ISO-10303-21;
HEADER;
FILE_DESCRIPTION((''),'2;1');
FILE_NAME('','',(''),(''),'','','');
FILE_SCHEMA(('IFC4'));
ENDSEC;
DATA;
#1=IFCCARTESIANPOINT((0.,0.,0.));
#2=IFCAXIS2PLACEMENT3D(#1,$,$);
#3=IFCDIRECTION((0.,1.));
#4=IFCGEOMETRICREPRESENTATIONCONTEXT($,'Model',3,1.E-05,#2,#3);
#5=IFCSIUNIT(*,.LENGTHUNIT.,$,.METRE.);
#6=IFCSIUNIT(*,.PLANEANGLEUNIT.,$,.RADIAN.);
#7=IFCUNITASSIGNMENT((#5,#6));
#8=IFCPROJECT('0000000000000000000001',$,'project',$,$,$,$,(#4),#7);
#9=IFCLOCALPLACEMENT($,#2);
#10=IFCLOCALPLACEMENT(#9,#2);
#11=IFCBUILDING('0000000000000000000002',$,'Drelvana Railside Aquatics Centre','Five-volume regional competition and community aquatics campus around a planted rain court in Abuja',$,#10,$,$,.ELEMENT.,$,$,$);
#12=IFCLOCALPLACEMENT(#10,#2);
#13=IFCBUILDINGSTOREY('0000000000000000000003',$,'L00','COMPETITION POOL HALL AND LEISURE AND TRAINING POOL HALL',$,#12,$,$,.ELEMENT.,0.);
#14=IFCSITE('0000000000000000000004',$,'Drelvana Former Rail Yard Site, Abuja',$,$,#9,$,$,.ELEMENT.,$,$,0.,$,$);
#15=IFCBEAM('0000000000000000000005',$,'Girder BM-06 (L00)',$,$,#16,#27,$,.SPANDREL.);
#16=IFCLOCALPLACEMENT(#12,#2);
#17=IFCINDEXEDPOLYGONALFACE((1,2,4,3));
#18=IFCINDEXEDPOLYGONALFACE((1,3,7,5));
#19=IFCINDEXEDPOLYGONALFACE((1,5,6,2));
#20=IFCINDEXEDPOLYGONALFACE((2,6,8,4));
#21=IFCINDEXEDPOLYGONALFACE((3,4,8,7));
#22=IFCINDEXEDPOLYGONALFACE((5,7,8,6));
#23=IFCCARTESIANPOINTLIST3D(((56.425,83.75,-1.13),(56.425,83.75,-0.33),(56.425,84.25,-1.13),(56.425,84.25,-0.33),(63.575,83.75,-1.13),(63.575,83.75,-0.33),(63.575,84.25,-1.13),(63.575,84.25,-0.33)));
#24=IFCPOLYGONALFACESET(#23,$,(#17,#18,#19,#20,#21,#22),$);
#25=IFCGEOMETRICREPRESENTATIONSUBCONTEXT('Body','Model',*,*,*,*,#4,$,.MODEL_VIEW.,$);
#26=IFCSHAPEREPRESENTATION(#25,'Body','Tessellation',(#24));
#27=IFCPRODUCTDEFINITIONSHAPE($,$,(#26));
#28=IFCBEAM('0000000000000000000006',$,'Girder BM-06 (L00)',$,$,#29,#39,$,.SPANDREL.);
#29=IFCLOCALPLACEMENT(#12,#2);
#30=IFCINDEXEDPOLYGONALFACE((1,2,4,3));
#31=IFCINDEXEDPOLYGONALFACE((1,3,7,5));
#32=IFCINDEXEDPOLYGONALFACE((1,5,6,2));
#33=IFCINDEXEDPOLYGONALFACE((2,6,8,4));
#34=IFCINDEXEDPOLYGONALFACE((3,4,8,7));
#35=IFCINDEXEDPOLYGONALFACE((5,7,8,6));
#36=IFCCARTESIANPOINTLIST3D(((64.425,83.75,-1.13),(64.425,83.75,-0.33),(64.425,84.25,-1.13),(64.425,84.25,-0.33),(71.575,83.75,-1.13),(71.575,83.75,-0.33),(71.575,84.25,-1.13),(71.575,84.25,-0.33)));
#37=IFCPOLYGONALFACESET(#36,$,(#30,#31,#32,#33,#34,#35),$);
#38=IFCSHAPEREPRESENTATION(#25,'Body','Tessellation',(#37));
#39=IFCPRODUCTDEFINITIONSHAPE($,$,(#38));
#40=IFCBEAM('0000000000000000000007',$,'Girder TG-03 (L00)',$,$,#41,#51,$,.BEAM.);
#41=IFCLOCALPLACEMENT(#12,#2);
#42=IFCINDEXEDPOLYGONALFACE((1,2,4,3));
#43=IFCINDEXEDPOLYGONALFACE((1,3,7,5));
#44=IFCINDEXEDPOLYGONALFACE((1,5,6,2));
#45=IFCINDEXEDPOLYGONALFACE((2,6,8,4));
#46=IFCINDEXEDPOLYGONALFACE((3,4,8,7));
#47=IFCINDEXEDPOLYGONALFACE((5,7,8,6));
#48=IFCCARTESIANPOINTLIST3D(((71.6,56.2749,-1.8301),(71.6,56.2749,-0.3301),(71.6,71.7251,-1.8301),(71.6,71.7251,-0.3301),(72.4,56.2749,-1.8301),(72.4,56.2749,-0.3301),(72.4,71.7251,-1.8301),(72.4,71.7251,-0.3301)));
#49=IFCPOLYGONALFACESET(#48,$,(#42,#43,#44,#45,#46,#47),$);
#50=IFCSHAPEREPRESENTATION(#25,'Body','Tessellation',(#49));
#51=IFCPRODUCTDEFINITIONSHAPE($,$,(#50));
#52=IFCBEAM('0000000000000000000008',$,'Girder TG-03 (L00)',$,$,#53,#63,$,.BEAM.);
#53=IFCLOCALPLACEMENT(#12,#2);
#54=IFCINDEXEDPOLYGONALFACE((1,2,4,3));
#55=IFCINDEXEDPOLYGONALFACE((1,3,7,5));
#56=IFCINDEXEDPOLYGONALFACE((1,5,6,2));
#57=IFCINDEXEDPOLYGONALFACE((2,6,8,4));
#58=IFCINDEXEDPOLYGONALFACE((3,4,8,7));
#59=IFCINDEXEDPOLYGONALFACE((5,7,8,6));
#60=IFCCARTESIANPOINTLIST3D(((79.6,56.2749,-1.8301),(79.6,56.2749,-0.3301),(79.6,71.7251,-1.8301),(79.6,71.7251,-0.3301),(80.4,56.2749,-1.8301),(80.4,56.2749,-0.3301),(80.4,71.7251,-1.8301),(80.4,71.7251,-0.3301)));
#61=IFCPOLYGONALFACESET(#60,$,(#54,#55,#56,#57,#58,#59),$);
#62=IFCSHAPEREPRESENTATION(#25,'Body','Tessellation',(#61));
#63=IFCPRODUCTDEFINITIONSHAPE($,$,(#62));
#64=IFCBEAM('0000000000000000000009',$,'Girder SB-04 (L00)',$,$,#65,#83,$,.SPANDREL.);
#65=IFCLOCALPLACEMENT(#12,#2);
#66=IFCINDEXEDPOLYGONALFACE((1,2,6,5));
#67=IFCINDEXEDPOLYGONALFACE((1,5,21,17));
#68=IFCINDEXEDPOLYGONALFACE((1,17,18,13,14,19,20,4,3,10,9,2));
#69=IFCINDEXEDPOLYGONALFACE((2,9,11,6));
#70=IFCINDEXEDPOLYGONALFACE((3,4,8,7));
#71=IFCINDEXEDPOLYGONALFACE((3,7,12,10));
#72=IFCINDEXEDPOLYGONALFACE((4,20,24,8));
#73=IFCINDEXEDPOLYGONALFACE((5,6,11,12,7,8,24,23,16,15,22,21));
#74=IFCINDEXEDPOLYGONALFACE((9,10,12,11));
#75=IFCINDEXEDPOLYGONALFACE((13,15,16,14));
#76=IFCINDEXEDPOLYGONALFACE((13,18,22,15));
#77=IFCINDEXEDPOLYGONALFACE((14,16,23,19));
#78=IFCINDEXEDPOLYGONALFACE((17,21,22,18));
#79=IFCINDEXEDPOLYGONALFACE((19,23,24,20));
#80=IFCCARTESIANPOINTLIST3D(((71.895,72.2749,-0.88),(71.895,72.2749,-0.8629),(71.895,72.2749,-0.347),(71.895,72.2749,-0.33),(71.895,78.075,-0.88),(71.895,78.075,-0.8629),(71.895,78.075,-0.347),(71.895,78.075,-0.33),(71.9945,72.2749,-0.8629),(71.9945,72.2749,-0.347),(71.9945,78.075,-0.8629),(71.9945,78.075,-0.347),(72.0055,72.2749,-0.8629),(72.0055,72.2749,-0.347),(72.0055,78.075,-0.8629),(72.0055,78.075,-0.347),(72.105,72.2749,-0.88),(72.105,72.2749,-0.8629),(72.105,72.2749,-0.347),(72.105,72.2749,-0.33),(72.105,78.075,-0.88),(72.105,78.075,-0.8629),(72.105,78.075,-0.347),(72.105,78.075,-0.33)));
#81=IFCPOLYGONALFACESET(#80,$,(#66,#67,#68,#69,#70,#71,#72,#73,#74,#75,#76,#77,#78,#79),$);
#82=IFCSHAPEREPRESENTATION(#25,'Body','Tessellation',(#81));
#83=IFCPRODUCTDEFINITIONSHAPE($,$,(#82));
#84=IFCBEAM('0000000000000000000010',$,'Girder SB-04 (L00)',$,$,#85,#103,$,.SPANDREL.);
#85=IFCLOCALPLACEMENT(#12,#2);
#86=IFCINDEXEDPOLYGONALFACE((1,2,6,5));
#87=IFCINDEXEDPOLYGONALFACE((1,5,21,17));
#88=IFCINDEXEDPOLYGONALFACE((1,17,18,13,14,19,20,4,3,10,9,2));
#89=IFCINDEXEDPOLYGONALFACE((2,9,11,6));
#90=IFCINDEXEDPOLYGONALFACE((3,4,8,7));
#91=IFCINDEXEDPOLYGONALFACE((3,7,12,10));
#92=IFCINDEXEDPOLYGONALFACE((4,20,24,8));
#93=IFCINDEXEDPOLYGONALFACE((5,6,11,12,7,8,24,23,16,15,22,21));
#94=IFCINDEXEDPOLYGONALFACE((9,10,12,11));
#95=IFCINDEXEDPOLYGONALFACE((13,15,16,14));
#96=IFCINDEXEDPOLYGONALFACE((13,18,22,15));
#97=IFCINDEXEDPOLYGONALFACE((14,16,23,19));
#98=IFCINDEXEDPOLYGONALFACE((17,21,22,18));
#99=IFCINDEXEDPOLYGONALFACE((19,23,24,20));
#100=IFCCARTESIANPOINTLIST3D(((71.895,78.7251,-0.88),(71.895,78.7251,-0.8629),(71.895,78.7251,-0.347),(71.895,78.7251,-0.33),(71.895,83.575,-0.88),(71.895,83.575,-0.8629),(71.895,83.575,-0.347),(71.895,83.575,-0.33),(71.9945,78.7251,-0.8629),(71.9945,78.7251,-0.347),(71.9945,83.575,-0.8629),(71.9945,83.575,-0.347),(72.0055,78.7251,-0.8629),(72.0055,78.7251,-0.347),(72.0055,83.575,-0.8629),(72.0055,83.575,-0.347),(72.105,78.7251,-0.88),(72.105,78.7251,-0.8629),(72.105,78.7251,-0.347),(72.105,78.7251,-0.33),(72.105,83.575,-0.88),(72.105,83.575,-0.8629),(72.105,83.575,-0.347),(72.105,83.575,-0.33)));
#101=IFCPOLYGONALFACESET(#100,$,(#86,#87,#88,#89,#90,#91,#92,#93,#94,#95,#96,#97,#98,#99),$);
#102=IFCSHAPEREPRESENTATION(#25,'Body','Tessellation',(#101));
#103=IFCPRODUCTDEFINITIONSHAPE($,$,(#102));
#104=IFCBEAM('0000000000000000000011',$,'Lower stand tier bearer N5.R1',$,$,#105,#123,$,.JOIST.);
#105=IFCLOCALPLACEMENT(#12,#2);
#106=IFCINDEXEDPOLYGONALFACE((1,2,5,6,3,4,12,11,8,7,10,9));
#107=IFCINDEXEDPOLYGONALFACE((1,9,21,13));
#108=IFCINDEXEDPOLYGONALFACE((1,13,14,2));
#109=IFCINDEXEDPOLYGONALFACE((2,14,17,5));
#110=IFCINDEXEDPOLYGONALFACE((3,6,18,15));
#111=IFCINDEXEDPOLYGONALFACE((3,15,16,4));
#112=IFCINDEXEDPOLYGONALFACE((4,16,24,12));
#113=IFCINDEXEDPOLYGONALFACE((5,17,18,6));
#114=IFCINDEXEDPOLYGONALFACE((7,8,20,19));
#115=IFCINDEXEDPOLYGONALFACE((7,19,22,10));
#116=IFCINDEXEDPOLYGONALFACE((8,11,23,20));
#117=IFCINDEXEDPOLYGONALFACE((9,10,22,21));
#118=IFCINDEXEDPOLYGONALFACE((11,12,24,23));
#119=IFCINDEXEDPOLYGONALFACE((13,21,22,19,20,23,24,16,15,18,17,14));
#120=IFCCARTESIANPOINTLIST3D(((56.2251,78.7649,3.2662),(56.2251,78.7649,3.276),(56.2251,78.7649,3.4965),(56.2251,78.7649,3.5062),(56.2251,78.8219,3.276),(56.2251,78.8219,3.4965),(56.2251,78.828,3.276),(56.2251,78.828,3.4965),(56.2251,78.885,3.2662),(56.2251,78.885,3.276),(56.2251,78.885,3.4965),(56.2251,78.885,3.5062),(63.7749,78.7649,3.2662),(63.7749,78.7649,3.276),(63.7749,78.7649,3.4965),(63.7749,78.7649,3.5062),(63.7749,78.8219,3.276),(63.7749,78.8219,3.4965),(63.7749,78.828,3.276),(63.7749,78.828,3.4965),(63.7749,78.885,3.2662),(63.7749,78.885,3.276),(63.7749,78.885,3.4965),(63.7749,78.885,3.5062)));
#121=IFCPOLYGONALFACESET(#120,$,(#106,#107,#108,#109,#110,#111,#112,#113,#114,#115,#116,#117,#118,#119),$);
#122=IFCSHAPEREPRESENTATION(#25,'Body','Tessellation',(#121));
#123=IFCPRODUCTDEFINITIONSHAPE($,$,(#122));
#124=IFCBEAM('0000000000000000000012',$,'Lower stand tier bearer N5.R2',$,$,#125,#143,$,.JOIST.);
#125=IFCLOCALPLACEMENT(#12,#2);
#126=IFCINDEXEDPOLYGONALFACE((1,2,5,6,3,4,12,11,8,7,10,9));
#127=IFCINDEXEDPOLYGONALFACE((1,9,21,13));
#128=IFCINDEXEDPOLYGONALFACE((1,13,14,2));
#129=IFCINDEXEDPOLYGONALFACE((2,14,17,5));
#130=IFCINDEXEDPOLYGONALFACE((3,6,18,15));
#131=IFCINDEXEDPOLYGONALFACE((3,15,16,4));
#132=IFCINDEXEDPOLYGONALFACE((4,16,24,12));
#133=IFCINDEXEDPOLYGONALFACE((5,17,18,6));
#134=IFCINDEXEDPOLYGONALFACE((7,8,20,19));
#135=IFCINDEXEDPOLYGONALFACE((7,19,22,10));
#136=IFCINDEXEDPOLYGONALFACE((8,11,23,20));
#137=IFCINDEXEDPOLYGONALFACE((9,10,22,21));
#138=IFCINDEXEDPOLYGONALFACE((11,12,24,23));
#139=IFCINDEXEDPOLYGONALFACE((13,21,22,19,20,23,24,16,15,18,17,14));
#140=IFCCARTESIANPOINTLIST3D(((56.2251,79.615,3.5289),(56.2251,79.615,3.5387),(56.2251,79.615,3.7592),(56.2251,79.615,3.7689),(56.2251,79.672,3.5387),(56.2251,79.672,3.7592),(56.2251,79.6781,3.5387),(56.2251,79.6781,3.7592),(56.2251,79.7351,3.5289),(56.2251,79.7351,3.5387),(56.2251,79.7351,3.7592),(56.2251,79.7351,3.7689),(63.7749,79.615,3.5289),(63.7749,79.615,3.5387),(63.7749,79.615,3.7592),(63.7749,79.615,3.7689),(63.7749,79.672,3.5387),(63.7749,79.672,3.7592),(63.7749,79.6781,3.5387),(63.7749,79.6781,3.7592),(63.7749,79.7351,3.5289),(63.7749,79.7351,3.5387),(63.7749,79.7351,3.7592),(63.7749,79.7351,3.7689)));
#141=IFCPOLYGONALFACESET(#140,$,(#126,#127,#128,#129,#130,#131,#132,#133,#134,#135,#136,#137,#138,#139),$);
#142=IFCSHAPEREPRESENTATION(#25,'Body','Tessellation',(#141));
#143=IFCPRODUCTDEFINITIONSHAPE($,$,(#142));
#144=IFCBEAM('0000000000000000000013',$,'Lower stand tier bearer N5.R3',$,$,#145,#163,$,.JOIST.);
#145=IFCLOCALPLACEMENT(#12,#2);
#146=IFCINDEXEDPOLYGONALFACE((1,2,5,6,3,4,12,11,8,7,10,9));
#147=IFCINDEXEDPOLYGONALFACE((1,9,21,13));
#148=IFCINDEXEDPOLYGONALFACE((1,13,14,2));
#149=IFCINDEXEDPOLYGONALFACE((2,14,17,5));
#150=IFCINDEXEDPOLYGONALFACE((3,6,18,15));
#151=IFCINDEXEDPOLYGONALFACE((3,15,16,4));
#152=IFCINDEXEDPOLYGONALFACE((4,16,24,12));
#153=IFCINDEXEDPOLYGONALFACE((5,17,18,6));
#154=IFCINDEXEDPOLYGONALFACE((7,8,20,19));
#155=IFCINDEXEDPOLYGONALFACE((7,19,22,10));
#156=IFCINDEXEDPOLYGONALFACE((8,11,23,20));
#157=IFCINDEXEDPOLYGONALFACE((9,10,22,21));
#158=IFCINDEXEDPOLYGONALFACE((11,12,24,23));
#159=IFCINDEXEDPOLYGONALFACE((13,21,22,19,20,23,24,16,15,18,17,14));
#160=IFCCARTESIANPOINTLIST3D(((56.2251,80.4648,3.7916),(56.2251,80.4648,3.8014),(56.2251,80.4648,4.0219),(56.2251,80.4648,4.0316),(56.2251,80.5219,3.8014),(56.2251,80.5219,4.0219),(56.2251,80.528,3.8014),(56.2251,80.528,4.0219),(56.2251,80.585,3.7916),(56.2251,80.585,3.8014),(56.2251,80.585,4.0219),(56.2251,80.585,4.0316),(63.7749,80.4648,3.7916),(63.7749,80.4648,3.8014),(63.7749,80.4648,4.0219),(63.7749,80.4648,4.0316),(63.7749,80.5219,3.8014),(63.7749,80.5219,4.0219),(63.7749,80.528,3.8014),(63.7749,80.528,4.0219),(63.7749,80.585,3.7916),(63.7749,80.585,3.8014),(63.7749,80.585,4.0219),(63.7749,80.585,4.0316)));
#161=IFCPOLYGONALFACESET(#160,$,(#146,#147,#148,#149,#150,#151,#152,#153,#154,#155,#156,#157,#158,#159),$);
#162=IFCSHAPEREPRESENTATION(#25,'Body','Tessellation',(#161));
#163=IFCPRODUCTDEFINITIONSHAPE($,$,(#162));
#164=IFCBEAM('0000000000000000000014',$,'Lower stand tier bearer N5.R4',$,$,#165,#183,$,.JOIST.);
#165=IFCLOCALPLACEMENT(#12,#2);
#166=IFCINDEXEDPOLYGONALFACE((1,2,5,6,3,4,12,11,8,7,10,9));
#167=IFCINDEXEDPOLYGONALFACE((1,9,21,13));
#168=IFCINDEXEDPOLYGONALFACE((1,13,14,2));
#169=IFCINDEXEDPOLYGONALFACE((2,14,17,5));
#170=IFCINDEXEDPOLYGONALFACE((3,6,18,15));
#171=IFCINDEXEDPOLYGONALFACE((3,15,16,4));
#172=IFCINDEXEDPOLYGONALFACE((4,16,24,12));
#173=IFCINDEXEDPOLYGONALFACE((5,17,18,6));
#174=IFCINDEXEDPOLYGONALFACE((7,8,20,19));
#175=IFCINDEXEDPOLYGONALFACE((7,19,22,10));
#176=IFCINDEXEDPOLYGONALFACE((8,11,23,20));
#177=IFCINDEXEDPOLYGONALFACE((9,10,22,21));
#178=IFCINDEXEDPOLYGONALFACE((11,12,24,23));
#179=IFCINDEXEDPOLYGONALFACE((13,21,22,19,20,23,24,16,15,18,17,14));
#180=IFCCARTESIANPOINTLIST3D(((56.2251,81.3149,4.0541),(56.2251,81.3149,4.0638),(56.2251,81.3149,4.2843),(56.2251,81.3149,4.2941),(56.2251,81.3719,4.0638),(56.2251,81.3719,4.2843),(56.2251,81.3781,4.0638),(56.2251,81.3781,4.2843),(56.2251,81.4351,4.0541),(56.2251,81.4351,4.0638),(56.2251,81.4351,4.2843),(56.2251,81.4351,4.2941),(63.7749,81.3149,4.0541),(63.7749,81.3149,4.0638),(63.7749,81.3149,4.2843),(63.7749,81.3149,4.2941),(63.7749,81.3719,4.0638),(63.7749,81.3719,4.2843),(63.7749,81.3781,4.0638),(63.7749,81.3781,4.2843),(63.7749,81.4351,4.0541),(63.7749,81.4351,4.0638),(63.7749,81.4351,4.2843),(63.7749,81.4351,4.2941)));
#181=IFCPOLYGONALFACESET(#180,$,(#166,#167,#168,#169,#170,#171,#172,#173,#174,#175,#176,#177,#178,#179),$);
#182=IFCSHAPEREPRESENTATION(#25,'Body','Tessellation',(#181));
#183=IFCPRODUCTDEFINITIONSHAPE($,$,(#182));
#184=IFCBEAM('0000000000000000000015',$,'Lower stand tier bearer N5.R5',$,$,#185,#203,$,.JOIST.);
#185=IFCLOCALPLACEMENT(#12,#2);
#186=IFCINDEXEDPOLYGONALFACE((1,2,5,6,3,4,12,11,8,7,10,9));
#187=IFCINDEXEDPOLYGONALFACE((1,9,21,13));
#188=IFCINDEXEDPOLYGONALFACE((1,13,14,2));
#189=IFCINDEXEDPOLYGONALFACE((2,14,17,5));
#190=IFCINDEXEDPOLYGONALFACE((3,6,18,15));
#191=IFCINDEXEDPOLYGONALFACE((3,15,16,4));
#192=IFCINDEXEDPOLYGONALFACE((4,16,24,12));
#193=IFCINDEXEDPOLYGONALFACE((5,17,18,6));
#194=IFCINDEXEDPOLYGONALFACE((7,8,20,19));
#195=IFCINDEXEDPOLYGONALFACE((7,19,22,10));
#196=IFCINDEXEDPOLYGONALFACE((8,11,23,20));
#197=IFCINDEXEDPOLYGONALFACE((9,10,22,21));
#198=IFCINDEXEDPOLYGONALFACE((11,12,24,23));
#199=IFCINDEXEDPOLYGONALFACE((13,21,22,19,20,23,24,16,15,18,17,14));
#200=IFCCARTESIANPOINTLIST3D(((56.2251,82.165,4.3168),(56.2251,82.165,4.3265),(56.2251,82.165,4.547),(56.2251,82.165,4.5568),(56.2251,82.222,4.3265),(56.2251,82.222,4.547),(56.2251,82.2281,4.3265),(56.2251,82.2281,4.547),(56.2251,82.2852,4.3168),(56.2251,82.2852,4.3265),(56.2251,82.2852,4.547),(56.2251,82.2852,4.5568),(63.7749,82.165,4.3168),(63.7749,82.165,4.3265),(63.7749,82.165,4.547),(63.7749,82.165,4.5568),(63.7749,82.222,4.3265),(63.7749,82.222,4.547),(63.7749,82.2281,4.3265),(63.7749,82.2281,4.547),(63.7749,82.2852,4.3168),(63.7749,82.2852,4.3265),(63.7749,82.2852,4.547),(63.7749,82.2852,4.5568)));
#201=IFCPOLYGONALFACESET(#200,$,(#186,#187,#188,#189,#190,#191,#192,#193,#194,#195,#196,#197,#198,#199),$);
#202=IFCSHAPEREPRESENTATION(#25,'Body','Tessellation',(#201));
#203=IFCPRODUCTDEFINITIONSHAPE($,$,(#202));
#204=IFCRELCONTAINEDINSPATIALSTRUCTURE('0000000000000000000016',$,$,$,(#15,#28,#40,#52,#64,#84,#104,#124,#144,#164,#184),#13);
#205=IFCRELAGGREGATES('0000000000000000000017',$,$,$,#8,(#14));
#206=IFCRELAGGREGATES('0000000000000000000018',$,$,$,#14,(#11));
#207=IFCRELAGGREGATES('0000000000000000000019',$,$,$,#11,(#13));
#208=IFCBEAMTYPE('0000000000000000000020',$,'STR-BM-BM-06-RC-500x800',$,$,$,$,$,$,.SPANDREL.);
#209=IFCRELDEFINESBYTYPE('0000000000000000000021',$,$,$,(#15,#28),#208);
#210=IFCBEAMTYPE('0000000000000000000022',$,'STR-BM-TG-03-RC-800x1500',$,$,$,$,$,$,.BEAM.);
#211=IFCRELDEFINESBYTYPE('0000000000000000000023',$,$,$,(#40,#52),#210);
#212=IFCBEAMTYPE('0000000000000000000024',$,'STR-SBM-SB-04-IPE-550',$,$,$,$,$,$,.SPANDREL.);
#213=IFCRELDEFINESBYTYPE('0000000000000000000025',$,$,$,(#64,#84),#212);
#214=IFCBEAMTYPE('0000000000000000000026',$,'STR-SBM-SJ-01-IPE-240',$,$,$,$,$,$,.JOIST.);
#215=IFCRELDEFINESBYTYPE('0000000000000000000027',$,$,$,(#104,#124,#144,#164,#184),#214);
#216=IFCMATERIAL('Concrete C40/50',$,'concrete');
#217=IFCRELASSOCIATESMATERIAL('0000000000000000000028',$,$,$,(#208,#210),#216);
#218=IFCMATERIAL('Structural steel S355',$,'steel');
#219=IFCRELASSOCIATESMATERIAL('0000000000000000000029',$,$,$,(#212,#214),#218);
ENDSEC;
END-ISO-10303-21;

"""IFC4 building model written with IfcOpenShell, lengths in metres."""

from ifc_helpers import new_model, si_unit, direction, frame, origin, origin_2d, place, context, subcontext, project, spatial, rectangle, i_section, extrude, material, material_profile, profile_set, type_object, element, save


model = new_model("IFC4")

# Units and contexts
model_context = context("Model", 3, precision=1e-05, world=origin(), true_north=direction((0.0, 1.0)))
body_context = subcontext(model_context, "Body", "Model", "MODEL_VIEW")
ifc_project = project(units=[si_unit("LENGTHUNIT", "METRE"), si_unit("PLANEANGLEUNIT", "RADIAN")], contexts=[model_context])

# Site, building, storey
site_placement = place(None, origin())
site = spatial("IfcSite", under=ifc_project, at=site_placement, Name="Drelvana Former Rail Yard Site, Abuja", CompositionType="ELEMENT", RefElevation=0.0)
building_placement = place(site_placement, origin())
building = spatial("IfcBuilding", under=site, at=building_placement, Name="Drelvana Railside Aquatics Centre", Description="Five-volume regional competition and community aquatics campus around a planted rain court in Abuja", CompositionType="ELEMENT")
storey_placement = place(building_placement, origin())
storey = spatial("IfcBuildingStorey", under=building, at=storey_placement, Name="L00", Description="COMPETITION POOL HALL AND LEISURE AND TRAINING POOL HALL", CompositionType="ELEMENT", Elevation=0.0)

# Shared definitions
ifc_material_1 = material(Name="Concrete C40/50", Category="concrete")

# Beams
ifc_material_profile_1 = material_profile(ifc_material_1, rectangle(XDim=0.5, YDim=0.8, at=origin_2d()), Name="RC 500x800")
ifc_profile_set_1 = profile_set([ifc_material_profile_1], Name="Concrete C40/50")
beam_type_1 = type_object("IfcBeamType", Name="STR-BM-BM-06-RC-500x800", PredefinedType="SPANDREL", material=ifc_profile_set_1)
for number, where, z_axis, x_axis, name in (
    (1, (56.425, 84.0, -0.73), (1.0, 0.0, 0.0), (0.0, 1.0, 0.0), "Girder BM-06 (L00)"),
    (2, (64.425, 84.0, -0.73), (1.0, 0.0, 0.0), (0.0, 1.0, 0.0), "Girder BM-06 (L00)"),
):
    element("IfcBeam", number, at=place(storey_placement, frame(where, z_axis=z_axis, x_axis=x_axis)), inside=storey, type_object=beam_type_1, Name=name, PredefinedType="SPANDREL", context=body_context, shape_type="SweptSolid", body=[
        extrude(rectangle(XDim=0.5, YDim=0.8, at=origin_2d()), origin(), (0.0, 0.0, 1.0), 7.1499),
    ])
ifc_material_profile_2 = material_profile(ifc_material_1, rectangle(XDim=0.8, YDim=1.5, at=origin_2d()), Name="RC 800x1500")
ifc_profile_set_2 = profile_set([ifc_material_profile_2], Name="Concrete C40/50")
beam_type_2 = type_object("IfcBeamType", Name="STR-BM-TG-03-RC-800x1500", PredefinedType="BEAM", material=ifc_profile_set_2)
for number, where, z_axis, x_axis, name in (
    (3, (72.0, 56.2749, -1.0801), (0.0, 1.0, 0.0), (-1.0, 0.0, 0.0), "Girder TG-03 (L00)"),
    (4, (80.0, 56.2749, -1.0801), (0.0, 1.0, 0.0), (-1.0, 0.0, 0.0), "Girder TG-03 (L00)"),
):
    element("IfcBeam", number, at=place(storey_placement, frame(where, z_axis=z_axis, x_axis=x_axis)), inside=storey, type_object=beam_type_2, Name=name, PredefinedType="BEAM", context=body_context, shape_type="SweptSolid", body=[
        extrude(rectangle(XDim=0.8, YDim=1.5, at=origin_2d()), origin(), (0.0, 0.0, 1.0), 15.4502),
    ])
ifc_material_2 = material(Name="Structural steel S355", Category="steel")
ifc_material_profile_3 = material_profile(ifc_material_2, i_section(OverallWidth=0.21, OverallDepth=0.55, WebThickness=0.011, FlangeThickness=0.0171, at=origin_2d()), Name="IPE 550")
ifc_profile_set_3 = profile_set([ifc_material_profile_3], Name="Structural steel S355")
beam_type_3 = type_object("IfcBeamType", Name="STR-SBM-SB-04-IPE-550", PredefinedType="SPANDREL", material=ifc_profile_set_3)
beam_1_placement = place(storey_placement, frame((72.0, 72.2749, -0.605), z_axis=(0.0, 1.0, 0.0), x_axis=(-1.0, 0.0, 0.0)))
element("IfcBeam", 5, at=beam_1_placement, inside=storey, type_object=beam_type_3, Name="Girder SB-04 (L00)", PredefinedType="SPANDREL", context=body_context, shape_type="SweptSolid", body=[
    extrude(i_section(OverallWidth=0.21, OverallDepth=0.55, WebThickness=0.011, FlangeThickness=0.0171, at=origin_2d()), origin(), (0.0, 0.0, 1.0), 5.8),
])
beam_2_placement = place(storey_placement, frame((72.0, 78.7251, -0.605), z_axis=(0.0, 1.0, 0.0), x_axis=(-1.0, 0.0, 0.0)))
element("IfcBeam", 6, at=beam_2_placement, inside=storey, type_object=beam_type_3, Name="Girder SB-04 (L00)", PredefinedType="SPANDREL", context=body_context, shape_type="SweptSolid", body=[
    extrude(i_section(OverallWidth=0.21, OverallDepth=0.55, WebThickness=0.011, FlangeThickness=0.0171, at=origin_2d()), origin(), (0.0, 0.0, 1.0), 4.8499),
])
ifc_material_profile_4 = material_profile(ifc_material_2, i_section(OverallWidth=0.1201, OverallDepth=0.24, WebThickness=0.0061, FlangeThickness=0.0098, at=origin_2d()), Name="IPE 240")
ifc_profile_set_4 = profile_set([ifc_material_profile_4], Name="Structural steel S355")
beam_type_4 = type_object("IfcBeamType", Name="STR-SBM-SJ-01-IPE-240", PredefinedType="JOIST", material=ifc_profile_set_4)
for number, where, z_axis, x_axis, name in (
    (7, (56.2251, 78.825, 3.3862), (1.0, 0.0, 0.0), (0.0, 1.0, 0.0), "Lower stand tier bearer N5.R1"),
    (8, (56.2251, 79.675, 3.6489), (1.0, 0.0, 0.0), (0.0, 1.0, 0.0), "Lower stand tier bearer N5.R2"),
    (9, (56.2251, 80.5249, 3.9116), (1.0, 0.0, 0.0), (0.0, 1.0, 0.0), "Lower stand tier bearer N5.R3"),
    (10, (56.2251, 81.375, 4.1741), (1.0, 0.0, 0.0), (0.0, 1.0, 0.0), "Lower stand tier bearer N5.R4"),
    (11, (56.2251, 82.2251, 4.4368), (1.0, 0.0, 0.0), (0.0, 1.0, 0.0), "Lower stand tier bearer N5.R5"),
):
    element("IfcBeam", number, at=place(storey_placement, frame(where, z_axis=z_axis, x_axis=x_axis)), inside=storey, type_object=beam_type_4, Name=name, PredefinedType="JOIST", context=body_context, shape_type="SweptSolid", body=[
        extrude(i_section(OverallWidth=0.1201, OverallDepth=0.24, WebThickness=0.0061, FlangeThickness=0.0098, at=origin_2d()), origin(), (0.0, 0.0, 1.0), 7.5498),
    ])

save(model, "model.ifc")
